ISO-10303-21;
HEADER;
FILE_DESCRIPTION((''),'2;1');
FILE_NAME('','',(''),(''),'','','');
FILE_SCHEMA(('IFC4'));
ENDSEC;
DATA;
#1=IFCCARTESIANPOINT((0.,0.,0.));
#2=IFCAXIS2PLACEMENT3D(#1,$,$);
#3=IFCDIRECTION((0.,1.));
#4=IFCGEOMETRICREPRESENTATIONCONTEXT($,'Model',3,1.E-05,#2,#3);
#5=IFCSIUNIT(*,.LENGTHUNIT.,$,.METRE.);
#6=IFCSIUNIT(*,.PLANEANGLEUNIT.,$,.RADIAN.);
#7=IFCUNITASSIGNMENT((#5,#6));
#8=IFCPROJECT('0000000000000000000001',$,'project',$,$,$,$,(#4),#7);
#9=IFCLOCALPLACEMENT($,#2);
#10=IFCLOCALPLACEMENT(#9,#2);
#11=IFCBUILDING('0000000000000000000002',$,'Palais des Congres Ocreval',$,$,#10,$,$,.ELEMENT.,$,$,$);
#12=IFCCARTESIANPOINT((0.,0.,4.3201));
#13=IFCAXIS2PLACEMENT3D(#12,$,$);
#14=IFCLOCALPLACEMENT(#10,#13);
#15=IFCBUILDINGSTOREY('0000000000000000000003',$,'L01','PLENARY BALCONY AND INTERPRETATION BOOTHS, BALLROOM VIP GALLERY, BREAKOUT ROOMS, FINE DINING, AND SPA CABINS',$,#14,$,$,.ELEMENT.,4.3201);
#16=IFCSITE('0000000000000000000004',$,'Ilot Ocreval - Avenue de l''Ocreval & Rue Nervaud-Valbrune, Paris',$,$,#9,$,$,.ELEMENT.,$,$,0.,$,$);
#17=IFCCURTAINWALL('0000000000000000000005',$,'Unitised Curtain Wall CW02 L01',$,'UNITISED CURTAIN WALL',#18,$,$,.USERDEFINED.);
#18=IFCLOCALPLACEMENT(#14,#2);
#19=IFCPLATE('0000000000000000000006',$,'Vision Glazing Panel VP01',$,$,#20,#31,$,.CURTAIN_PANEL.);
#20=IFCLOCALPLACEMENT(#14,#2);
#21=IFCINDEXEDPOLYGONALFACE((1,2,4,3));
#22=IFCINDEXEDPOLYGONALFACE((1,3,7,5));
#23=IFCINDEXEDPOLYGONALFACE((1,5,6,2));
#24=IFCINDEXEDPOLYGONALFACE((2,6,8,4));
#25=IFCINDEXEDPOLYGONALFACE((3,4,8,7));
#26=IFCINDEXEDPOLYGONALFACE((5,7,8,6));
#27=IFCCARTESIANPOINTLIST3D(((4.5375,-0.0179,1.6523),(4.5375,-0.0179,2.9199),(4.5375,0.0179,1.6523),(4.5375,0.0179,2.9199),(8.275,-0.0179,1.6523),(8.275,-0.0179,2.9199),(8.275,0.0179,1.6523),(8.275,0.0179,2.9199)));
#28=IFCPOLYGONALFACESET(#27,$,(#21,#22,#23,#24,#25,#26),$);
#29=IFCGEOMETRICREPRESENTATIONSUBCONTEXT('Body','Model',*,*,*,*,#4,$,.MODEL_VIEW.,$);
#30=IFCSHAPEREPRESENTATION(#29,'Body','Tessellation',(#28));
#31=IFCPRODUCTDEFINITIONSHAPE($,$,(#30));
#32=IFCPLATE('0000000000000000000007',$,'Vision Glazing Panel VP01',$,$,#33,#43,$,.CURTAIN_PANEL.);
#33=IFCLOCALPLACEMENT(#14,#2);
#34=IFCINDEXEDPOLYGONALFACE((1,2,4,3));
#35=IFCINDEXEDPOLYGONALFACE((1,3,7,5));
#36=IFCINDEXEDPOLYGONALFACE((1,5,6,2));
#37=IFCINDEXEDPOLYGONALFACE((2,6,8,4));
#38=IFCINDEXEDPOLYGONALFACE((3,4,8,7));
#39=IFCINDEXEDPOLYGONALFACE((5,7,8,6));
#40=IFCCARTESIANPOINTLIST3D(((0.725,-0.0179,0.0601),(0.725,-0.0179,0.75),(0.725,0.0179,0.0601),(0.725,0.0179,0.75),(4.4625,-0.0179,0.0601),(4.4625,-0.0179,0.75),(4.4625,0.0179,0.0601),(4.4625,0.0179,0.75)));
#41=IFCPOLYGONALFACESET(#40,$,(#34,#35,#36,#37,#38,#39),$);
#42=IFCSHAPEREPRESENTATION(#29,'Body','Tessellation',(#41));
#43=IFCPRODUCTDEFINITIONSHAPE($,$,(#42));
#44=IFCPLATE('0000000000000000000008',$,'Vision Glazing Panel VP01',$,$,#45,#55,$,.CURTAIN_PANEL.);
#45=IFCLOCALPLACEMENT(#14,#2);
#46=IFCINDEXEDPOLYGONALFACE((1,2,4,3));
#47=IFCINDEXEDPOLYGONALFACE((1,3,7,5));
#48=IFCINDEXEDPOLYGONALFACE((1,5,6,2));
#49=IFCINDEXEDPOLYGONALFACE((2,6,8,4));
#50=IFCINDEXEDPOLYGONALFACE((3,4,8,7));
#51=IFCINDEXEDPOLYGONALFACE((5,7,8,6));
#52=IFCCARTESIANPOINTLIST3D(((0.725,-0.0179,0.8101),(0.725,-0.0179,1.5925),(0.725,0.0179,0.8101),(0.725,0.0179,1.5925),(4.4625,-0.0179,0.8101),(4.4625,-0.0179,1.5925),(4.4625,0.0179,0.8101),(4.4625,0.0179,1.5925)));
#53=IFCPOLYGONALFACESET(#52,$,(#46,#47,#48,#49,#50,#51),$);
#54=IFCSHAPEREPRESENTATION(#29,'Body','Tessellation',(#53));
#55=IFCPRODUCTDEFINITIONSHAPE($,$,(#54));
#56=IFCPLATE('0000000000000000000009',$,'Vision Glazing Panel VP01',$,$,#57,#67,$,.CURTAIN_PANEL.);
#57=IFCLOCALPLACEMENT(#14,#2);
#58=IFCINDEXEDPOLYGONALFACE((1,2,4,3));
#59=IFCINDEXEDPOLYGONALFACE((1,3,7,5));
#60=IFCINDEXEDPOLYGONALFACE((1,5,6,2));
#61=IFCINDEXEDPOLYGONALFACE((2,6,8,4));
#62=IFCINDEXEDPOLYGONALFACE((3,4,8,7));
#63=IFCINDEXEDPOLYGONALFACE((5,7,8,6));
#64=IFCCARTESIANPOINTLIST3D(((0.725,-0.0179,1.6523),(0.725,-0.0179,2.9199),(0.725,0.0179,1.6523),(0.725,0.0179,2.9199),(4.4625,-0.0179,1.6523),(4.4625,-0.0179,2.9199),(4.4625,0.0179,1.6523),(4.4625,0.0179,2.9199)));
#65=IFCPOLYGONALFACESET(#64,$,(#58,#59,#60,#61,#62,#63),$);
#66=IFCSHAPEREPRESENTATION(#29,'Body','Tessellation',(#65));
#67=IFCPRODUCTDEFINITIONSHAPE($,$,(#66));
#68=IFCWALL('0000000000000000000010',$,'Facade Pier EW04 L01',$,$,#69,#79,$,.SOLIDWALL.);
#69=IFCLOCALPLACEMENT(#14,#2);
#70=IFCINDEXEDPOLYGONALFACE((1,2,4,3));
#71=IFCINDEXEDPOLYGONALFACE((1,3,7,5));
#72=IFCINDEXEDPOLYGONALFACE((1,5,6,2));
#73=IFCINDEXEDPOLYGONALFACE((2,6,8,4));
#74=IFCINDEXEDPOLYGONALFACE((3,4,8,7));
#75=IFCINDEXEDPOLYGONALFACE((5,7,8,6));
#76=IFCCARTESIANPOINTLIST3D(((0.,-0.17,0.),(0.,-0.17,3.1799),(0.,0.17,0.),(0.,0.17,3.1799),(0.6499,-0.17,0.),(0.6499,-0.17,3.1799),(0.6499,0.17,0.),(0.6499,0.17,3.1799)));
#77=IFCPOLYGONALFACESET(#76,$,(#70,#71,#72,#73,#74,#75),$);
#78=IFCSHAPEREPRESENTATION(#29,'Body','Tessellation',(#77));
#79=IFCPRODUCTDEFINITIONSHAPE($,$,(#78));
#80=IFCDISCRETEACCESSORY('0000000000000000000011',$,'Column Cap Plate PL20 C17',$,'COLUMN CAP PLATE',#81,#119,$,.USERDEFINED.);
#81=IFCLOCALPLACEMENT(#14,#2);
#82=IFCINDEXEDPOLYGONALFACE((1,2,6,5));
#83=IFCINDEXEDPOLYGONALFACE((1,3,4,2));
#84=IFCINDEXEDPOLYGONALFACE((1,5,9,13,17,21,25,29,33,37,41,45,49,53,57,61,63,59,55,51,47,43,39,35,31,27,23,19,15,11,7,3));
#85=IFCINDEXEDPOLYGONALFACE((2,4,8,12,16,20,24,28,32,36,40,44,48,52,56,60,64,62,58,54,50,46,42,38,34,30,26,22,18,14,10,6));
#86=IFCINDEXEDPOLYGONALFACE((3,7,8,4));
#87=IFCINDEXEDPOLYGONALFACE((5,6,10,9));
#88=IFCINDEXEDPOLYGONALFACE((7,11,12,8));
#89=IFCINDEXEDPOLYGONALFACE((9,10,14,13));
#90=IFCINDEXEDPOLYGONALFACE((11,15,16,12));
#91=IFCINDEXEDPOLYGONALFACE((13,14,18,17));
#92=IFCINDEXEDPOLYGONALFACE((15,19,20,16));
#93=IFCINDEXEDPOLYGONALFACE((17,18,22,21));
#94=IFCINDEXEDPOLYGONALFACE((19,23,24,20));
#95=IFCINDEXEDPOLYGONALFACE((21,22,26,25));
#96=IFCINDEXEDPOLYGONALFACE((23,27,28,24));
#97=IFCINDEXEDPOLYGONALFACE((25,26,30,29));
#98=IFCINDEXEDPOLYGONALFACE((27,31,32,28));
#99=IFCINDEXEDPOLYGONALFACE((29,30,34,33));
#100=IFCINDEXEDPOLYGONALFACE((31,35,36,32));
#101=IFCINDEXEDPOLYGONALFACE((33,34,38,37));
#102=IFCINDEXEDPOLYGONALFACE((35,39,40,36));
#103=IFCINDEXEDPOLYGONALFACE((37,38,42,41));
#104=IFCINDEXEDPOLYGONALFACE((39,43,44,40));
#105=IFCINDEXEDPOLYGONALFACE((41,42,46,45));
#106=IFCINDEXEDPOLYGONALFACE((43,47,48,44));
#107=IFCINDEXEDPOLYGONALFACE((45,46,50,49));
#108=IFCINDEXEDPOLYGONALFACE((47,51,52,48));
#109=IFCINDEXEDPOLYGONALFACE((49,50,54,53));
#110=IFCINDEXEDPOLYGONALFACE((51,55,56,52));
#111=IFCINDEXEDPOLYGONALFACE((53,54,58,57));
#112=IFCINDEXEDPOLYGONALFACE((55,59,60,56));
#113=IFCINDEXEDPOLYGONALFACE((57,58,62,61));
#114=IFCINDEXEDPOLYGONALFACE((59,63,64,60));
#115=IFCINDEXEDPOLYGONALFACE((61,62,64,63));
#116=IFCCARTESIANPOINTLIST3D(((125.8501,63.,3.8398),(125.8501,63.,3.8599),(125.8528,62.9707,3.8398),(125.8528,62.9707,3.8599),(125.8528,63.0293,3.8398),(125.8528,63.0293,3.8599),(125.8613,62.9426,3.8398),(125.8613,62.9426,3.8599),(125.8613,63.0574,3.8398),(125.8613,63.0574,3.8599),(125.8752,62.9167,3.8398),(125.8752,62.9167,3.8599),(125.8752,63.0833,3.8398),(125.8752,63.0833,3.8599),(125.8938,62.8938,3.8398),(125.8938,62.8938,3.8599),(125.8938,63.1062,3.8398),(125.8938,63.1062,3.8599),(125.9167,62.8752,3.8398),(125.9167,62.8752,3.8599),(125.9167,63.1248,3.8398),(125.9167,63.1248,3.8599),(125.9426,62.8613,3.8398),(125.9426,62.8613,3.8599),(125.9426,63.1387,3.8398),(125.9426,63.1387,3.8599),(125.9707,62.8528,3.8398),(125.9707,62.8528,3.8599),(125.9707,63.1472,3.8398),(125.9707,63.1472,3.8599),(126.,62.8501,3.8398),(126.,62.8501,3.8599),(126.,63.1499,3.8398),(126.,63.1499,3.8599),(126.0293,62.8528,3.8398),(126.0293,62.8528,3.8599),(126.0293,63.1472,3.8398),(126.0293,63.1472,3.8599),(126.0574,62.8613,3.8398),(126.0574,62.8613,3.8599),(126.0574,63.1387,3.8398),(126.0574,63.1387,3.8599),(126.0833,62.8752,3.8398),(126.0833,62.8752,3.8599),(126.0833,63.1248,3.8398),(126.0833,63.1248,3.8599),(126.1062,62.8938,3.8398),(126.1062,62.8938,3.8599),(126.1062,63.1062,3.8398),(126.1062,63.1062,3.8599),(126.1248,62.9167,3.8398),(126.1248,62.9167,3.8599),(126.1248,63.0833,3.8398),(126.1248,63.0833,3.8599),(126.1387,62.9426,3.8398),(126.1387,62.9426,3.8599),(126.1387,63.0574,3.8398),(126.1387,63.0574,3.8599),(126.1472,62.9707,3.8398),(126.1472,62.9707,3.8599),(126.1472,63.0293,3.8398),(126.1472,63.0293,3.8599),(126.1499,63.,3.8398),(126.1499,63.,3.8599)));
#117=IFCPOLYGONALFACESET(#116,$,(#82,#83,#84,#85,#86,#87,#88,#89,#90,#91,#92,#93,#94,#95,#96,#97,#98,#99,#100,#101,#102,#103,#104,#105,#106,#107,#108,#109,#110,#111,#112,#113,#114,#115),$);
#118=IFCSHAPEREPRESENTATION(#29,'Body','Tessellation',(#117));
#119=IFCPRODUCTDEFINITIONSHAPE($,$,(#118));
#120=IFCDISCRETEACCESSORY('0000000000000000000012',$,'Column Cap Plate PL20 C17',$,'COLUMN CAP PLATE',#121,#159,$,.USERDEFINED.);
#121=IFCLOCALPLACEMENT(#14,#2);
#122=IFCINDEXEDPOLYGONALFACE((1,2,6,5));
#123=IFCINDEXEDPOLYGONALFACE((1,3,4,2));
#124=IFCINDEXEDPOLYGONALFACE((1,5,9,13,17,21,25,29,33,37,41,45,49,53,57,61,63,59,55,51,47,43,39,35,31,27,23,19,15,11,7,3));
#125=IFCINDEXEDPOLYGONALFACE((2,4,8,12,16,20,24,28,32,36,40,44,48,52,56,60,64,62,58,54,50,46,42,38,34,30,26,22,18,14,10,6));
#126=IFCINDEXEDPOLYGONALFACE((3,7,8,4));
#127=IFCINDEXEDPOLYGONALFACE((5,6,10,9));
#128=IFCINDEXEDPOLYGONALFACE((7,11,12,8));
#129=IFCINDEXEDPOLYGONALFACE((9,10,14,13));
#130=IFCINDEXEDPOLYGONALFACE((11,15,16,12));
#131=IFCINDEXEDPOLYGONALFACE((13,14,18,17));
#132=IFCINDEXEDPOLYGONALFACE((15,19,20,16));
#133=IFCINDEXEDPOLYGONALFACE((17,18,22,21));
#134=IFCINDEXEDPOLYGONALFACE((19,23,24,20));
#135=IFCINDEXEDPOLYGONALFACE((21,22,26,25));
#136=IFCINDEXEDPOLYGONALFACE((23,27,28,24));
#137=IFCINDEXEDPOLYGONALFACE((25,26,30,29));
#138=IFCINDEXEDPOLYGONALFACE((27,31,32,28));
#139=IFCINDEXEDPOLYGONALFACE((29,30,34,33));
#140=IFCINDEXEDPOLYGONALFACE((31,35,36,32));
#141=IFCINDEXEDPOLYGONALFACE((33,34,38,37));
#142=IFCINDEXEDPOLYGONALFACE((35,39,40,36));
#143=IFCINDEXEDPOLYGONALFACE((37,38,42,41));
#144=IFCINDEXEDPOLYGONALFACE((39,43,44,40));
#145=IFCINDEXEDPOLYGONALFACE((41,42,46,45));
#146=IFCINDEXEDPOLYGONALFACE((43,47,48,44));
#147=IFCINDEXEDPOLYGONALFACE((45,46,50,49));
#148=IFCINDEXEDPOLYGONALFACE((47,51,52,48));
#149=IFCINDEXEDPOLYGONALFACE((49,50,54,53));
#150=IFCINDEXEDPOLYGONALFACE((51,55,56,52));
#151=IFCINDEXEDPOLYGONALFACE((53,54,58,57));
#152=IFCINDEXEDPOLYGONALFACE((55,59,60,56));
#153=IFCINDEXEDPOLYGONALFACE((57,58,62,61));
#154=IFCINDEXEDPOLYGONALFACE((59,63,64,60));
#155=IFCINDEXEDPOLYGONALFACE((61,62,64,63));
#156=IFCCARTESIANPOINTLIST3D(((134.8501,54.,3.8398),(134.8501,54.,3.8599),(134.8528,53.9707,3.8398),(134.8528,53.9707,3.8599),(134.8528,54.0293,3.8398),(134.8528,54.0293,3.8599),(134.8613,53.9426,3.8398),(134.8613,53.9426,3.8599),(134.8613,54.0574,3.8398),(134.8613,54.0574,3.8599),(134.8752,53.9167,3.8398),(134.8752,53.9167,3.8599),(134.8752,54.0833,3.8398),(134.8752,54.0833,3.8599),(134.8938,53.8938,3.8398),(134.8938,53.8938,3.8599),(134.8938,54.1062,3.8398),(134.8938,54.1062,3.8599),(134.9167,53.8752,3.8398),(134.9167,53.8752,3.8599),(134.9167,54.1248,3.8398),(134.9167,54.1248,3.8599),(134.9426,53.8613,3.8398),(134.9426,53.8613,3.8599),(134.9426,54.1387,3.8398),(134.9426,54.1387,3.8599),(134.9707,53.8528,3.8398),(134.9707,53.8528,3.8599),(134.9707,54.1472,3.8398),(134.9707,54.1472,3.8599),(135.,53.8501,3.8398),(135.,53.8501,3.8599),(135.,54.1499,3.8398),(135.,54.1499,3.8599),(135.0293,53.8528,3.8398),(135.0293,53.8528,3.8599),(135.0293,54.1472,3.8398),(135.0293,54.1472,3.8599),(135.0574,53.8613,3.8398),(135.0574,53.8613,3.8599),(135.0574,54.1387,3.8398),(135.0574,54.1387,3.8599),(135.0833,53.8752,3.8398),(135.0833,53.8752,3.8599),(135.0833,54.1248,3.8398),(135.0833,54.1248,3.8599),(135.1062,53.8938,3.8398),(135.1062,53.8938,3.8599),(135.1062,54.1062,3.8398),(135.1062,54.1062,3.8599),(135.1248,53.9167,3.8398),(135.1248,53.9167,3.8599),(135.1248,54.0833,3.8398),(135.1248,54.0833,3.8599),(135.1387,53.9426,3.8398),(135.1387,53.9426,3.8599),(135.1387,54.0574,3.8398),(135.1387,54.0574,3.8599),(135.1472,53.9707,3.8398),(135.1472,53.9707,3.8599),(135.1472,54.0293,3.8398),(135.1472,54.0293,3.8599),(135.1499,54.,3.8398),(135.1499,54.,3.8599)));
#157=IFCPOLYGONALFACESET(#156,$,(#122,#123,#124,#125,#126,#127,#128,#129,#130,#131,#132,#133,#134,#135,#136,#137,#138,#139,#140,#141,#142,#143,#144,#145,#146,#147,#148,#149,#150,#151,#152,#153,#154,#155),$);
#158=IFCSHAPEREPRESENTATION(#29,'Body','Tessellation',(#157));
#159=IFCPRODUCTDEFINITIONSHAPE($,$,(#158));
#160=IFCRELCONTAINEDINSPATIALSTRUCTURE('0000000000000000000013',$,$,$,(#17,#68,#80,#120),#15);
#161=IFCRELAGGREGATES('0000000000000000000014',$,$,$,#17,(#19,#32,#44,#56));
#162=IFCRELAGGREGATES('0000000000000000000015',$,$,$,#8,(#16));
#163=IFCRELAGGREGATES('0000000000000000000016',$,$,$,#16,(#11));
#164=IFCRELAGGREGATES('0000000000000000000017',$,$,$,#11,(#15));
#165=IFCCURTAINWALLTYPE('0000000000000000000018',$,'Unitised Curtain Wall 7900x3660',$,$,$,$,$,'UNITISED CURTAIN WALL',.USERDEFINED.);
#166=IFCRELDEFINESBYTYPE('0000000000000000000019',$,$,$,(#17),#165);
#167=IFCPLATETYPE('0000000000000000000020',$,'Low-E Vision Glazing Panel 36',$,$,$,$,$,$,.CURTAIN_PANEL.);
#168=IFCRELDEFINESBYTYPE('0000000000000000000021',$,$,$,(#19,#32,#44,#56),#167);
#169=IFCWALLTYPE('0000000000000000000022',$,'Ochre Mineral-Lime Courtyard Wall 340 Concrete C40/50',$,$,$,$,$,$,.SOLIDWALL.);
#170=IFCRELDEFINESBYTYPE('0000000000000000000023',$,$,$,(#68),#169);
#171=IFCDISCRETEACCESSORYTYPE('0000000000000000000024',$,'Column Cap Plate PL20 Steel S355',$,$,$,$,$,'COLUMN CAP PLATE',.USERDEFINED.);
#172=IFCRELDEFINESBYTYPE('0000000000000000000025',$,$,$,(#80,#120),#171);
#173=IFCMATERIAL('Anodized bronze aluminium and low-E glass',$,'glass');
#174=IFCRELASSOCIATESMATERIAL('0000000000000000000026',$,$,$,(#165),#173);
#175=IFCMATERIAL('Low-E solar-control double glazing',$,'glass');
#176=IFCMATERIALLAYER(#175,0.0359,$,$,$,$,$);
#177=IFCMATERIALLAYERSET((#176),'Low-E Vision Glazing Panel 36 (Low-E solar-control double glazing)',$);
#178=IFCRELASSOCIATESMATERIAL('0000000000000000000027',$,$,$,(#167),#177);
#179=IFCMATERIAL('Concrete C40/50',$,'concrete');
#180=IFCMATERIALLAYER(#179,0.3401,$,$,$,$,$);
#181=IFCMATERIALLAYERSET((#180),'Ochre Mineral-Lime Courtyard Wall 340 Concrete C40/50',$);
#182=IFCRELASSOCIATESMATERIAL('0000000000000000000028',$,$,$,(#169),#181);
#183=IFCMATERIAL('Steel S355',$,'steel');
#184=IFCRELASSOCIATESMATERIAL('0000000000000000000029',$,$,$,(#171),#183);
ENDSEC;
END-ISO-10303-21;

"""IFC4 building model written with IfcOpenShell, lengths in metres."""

from ifc_helpers import new_model, si_unit, direction, frame, frame_2d, origin, origin_2d, place, context, subcontext, project, spatial, polyline, rectangle, outline, extrude, material, layer, layer_set, type_object, element, aggregate, save


model = new_model("IFC4")

# Units and contexts
model_context = context("Model", 3, precision=1e-05, world=origin(), true_north=direction((0.0, 1.0)))
body_context = subcontext(model_context, "Body", "Model", "MODEL_VIEW")
ifc_project = project(units=[si_unit("LENGTHUNIT", "METRE"), si_unit("PLANEANGLEUNIT", "RADIAN")], contexts=[model_context])

# Site, building, storey
site_placement = place(None, origin())
site = spatial("IfcSite", under=ifc_project, at=site_placement, Name="Ilot Ocreval - Avenue de l'Ocreval & Rue Nervaud-Valbrune, Paris", CompositionType="ELEMENT", RefElevation=0.0)
building_placement = place(site_placement, origin())
building = spatial("IfcBuilding", under=site, at=building_placement, Name="Palais des Congres Ocreval", CompositionType="ELEMENT")
storey_placement = place(building_placement, frame((0.0, 0.0, 4.3201)))
storey = spatial("IfcBuildingStorey", under=building, at=storey_placement, Name="L01", Description="PLENARY BALCONY AND INTERPRETATION BOOTHS, BALLROOM VIP GALLERY, BREAKOUT ROOMS, FINE DINING, AND SPA CABINS", CompositionType="ELEMENT", Elevation=4.3201)

# Curtain wall
ifc_material_1 = material(Name="Anodized bronze aluminium and low-E glass", Category="glass")
curtain_wall_type = type_object("IfcCurtainWallType", Name="Unitised Curtain Wall 7900x3660", ElementType="UNITISED CURTAIN WALL", PredefinedType="USERDEFINED", material=ifc_material_1)
curtain_wall_placement = place(storey_placement, origin())
curtain_wall = element("IfcCurtainWall", 1, at=curtain_wall_placement, inside=storey, type_object=curtain_wall_type, Name="Unitised Curtain Wall CW02 L01", ObjectType="UNITISED CURTAIN WALL", PredefinedType="USERDEFINED")

# Shared definitions
ifc_material_2 = material(Name="Steel S355", Category="steel")

# Plates
ifc_material_3 = material(Name="Low-E solar-control double glazing", Category="glass")
ifc_layer_1 = layer(ifc_material_3, 0.0359)
ifc_layer_set_1 = layer_set([ifc_layer_1], Name="Low-E Vision Glazing Panel 36 (Low-E solar-control double glazing)")
plate_type_1 = type_object("IfcPlateType", Name="Low-E Vision Glazing Panel 36", PredefinedType="CURTAIN_PANEL", material=ifc_layer_set_1)
plate_1_placement = place(storey_placement, frame((6.4062, 0.0, 1.6523), z_axis=(0.0, 0.0, 1.0), x_axis=(-1.0, 0.0, 0.0)))
plate_1 = element("IfcPlate", 2, at=plate_1_placement, type_object=plate_type_1, Name="Vision Glazing Panel VP01", PredefinedType="CURTAIN_PANEL", context=body_context, shape_type="SweptSolid", body=[
    extrude(rectangle(XDim=3.7375, YDim=0.0359, at=origin_2d()), origin(), (0.0, 0.0, 1.0), 1.2676),
])
plate_2_placement = place(storey_placement, frame((2.5938, 0.0, 0.0601), z_axis=(0.0, 0.0, 1.0), x_axis=(-1.0, 0.0, 0.0)))
plate_2 = element("IfcPlate", 3, at=plate_2_placement, type_object=plate_type_1, Name="Vision Glazing Panel VP01", PredefinedType="CURTAIN_PANEL", context=body_context, shape_type="SweptSolid", body=[
    extrude(rectangle(XDim=3.7375, YDim=0.0359, at=origin_2d()), origin(), (0.0, 0.0, 1.0), 0.6899),
])
plate_3_placement = place(storey_placement, frame((2.5938, 0.0, 0.8101), z_axis=(0.0, 0.0, 1.0), x_axis=(-1.0, 0.0, 0.0)))
plate_3 = element("IfcPlate", 4, at=plate_3_placement, type_object=plate_type_1, Name="Vision Glazing Panel VP01", PredefinedType="CURTAIN_PANEL", context=body_context, shape_type="SweptSolid", body=[
    extrude(rectangle(XDim=3.7375, YDim=0.0359, at=origin_2d()), origin(), (0.0, 0.0, 1.0), 0.7825),
])
plate_4_placement = place(storey_placement, frame((2.5938, 0.0, 1.6523), z_axis=(0.0, 0.0, 1.0), x_axis=(-1.0, 0.0, 0.0)))
plate_4 = element("IfcPlate", 5, at=plate_4_placement, type_object=plate_type_1, Name="Vision Glazing Panel VP01", PredefinedType="CURTAIN_PANEL", context=body_context, shape_type="SweptSolid", body=[
    extrude(rectangle(XDim=3.7375, YDim=0.0359, at=origin_2d()), origin(), (0.0, 0.0, 1.0), 1.2676),
])
aggregate(curtain_wall, [plate_1, plate_2, plate_3, plate_4])

# Wall
ifc_material_4 = material(Name="Concrete C40/50", Category="concrete")
ifc_layer_2 = layer(ifc_material_4, 0.3401)
ifc_layer_set_2 = layer_set([ifc_layer_2], Name="Ochre Mineral-Lime Courtyard Wall 340 Concrete C40/50")
wall_type = type_object("IfcWallType", Name="Ochre Mineral-Lime Courtyard Wall 340 Concrete C40/50", PredefinedType="SOLIDWALL", material=ifc_layer_set_2)
wall_placement = place(storey_placement, frame((0.6499, 0.0, 0.0), z_axis=(0.0, 0.0, 1.0), x_axis=(-1.0, 0.0, 0.0)))
element("IfcWall", 6, at=wall_placement, inside=storey, type_object=wall_type, Name="Facade Pier EW04 L01", PredefinedType="SOLIDWALL", context=body_context, shape_type="SweptSolid", body=[
    extrude(rectangle(XDim=0.6499, YDim=0.3401, at=frame_2d((0.325, 0.0))), origin(), (0.0, 0.0, 1.0), 3.1799),
])

# Discrete accessories
discrete_accessory_type = type_object("IfcDiscreteAccessoryType", Name="Column Cap Plate PL20 Steel S355", ElementType="COLUMN CAP PLATE", PredefinedType="USERDEFINED", material=ifc_material_2)
discrete_accessory_1_placement = place(storey_placement, frame((0.0, 0.0, 3.8398)))
element("IfcDiscreteAccessory", 7, at=discrete_accessory_1_placement, inside=storey, type_object=discrete_accessory_type, Name="Column Cap Plate PL20 C17", ObjectType="COLUMN CAP PLATE", PredefinedType="USERDEFINED", context=body_context, shape_type="SweptSolid", body=[
    extrude(outline(polyline([(126.1499, 63.0), (126.1472, 63.0293), (126.1387, 63.0574), (126.1248, 63.0833), (126.1062, 63.1062), (126.0833, 63.1248), (126.0574, 63.1387), (126.0293, 63.1472), (126.0, 63.1499), (125.9707, 63.1472), (125.9426, 63.1387), (125.9167, 63.1248), (125.8938, 63.1062), (125.8752, 63.0833), (125.8613, 63.0574), (125.8528, 63.0293), (125.8501, 63.0), (125.8528, 62.9707), (125.8613, 62.9426), (125.8752, 62.9167), (125.8938, 62.8938), (125.9167, 62.8752), (125.9426, 62.8613), (125.9707, 62.8528), (126.0, 62.8501), (126.0293, 62.8528), (126.0574, 62.8613), (126.0833, 62.8752), (126.1062, 62.8938), (126.1248, 62.9167), (126.1387, 62.9426), (126.1472, 62.9707), (126.1499, 63.0)])), origin(), (0.0, 0.0, 1.0), 0.02),
])
discrete_accessory_2_placement = place(storey_placement, frame((0.0, 0.0, 3.8398)))
element("IfcDiscreteAccessory", 8, at=discrete_accessory_2_placement, inside=storey, type_object=discrete_accessory_type, Name="Column Cap Plate PL20 C17", ObjectType="COLUMN CAP PLATE", PredefinedType="USERDEFINED", context=body_context, shape_type="SweptSolid", body=[
    extrude(outline(polyline([(135.1499, 54.0), (135.1472, 54.0293), (135.1387, 54.0574), (135.1248, 54.0833), (135.1062, 54.1062), (135.0833, 54.1248), (135.0574, 54.1387), (135.0293, 54.1472), (135.0, 54.1499), (134.9707, 54.1472), (134.9426, 54.1387), (134.9167, 54.1248), (134.8938, 54.1062), (134.8752, 54.0833), (134.8613, 54.0574), (134.8528, 54.0293), (134.8501, 54.0), (134.8528, 53.9707), (134.8613, 53.9426), (134.8752, 53.9167), (134.8938, 53.8938), (134.9167, 53.8752), (134.9426, 53.8613), (134.9707, 53.8528), (135.0, 53.8501), (135.0293, 53.8528), (135.0574, 53.8613), (135.0833, 53.8752), (135.1062, 53.8938), (135.1248, 53.9167), (135.1387, 53.9426), (135.1472, 53.9707), (135.1499, 54.0)])), origin(), (0.0, 0.0, 1.0), 0.02),
])

save(model, "model.ifc")
